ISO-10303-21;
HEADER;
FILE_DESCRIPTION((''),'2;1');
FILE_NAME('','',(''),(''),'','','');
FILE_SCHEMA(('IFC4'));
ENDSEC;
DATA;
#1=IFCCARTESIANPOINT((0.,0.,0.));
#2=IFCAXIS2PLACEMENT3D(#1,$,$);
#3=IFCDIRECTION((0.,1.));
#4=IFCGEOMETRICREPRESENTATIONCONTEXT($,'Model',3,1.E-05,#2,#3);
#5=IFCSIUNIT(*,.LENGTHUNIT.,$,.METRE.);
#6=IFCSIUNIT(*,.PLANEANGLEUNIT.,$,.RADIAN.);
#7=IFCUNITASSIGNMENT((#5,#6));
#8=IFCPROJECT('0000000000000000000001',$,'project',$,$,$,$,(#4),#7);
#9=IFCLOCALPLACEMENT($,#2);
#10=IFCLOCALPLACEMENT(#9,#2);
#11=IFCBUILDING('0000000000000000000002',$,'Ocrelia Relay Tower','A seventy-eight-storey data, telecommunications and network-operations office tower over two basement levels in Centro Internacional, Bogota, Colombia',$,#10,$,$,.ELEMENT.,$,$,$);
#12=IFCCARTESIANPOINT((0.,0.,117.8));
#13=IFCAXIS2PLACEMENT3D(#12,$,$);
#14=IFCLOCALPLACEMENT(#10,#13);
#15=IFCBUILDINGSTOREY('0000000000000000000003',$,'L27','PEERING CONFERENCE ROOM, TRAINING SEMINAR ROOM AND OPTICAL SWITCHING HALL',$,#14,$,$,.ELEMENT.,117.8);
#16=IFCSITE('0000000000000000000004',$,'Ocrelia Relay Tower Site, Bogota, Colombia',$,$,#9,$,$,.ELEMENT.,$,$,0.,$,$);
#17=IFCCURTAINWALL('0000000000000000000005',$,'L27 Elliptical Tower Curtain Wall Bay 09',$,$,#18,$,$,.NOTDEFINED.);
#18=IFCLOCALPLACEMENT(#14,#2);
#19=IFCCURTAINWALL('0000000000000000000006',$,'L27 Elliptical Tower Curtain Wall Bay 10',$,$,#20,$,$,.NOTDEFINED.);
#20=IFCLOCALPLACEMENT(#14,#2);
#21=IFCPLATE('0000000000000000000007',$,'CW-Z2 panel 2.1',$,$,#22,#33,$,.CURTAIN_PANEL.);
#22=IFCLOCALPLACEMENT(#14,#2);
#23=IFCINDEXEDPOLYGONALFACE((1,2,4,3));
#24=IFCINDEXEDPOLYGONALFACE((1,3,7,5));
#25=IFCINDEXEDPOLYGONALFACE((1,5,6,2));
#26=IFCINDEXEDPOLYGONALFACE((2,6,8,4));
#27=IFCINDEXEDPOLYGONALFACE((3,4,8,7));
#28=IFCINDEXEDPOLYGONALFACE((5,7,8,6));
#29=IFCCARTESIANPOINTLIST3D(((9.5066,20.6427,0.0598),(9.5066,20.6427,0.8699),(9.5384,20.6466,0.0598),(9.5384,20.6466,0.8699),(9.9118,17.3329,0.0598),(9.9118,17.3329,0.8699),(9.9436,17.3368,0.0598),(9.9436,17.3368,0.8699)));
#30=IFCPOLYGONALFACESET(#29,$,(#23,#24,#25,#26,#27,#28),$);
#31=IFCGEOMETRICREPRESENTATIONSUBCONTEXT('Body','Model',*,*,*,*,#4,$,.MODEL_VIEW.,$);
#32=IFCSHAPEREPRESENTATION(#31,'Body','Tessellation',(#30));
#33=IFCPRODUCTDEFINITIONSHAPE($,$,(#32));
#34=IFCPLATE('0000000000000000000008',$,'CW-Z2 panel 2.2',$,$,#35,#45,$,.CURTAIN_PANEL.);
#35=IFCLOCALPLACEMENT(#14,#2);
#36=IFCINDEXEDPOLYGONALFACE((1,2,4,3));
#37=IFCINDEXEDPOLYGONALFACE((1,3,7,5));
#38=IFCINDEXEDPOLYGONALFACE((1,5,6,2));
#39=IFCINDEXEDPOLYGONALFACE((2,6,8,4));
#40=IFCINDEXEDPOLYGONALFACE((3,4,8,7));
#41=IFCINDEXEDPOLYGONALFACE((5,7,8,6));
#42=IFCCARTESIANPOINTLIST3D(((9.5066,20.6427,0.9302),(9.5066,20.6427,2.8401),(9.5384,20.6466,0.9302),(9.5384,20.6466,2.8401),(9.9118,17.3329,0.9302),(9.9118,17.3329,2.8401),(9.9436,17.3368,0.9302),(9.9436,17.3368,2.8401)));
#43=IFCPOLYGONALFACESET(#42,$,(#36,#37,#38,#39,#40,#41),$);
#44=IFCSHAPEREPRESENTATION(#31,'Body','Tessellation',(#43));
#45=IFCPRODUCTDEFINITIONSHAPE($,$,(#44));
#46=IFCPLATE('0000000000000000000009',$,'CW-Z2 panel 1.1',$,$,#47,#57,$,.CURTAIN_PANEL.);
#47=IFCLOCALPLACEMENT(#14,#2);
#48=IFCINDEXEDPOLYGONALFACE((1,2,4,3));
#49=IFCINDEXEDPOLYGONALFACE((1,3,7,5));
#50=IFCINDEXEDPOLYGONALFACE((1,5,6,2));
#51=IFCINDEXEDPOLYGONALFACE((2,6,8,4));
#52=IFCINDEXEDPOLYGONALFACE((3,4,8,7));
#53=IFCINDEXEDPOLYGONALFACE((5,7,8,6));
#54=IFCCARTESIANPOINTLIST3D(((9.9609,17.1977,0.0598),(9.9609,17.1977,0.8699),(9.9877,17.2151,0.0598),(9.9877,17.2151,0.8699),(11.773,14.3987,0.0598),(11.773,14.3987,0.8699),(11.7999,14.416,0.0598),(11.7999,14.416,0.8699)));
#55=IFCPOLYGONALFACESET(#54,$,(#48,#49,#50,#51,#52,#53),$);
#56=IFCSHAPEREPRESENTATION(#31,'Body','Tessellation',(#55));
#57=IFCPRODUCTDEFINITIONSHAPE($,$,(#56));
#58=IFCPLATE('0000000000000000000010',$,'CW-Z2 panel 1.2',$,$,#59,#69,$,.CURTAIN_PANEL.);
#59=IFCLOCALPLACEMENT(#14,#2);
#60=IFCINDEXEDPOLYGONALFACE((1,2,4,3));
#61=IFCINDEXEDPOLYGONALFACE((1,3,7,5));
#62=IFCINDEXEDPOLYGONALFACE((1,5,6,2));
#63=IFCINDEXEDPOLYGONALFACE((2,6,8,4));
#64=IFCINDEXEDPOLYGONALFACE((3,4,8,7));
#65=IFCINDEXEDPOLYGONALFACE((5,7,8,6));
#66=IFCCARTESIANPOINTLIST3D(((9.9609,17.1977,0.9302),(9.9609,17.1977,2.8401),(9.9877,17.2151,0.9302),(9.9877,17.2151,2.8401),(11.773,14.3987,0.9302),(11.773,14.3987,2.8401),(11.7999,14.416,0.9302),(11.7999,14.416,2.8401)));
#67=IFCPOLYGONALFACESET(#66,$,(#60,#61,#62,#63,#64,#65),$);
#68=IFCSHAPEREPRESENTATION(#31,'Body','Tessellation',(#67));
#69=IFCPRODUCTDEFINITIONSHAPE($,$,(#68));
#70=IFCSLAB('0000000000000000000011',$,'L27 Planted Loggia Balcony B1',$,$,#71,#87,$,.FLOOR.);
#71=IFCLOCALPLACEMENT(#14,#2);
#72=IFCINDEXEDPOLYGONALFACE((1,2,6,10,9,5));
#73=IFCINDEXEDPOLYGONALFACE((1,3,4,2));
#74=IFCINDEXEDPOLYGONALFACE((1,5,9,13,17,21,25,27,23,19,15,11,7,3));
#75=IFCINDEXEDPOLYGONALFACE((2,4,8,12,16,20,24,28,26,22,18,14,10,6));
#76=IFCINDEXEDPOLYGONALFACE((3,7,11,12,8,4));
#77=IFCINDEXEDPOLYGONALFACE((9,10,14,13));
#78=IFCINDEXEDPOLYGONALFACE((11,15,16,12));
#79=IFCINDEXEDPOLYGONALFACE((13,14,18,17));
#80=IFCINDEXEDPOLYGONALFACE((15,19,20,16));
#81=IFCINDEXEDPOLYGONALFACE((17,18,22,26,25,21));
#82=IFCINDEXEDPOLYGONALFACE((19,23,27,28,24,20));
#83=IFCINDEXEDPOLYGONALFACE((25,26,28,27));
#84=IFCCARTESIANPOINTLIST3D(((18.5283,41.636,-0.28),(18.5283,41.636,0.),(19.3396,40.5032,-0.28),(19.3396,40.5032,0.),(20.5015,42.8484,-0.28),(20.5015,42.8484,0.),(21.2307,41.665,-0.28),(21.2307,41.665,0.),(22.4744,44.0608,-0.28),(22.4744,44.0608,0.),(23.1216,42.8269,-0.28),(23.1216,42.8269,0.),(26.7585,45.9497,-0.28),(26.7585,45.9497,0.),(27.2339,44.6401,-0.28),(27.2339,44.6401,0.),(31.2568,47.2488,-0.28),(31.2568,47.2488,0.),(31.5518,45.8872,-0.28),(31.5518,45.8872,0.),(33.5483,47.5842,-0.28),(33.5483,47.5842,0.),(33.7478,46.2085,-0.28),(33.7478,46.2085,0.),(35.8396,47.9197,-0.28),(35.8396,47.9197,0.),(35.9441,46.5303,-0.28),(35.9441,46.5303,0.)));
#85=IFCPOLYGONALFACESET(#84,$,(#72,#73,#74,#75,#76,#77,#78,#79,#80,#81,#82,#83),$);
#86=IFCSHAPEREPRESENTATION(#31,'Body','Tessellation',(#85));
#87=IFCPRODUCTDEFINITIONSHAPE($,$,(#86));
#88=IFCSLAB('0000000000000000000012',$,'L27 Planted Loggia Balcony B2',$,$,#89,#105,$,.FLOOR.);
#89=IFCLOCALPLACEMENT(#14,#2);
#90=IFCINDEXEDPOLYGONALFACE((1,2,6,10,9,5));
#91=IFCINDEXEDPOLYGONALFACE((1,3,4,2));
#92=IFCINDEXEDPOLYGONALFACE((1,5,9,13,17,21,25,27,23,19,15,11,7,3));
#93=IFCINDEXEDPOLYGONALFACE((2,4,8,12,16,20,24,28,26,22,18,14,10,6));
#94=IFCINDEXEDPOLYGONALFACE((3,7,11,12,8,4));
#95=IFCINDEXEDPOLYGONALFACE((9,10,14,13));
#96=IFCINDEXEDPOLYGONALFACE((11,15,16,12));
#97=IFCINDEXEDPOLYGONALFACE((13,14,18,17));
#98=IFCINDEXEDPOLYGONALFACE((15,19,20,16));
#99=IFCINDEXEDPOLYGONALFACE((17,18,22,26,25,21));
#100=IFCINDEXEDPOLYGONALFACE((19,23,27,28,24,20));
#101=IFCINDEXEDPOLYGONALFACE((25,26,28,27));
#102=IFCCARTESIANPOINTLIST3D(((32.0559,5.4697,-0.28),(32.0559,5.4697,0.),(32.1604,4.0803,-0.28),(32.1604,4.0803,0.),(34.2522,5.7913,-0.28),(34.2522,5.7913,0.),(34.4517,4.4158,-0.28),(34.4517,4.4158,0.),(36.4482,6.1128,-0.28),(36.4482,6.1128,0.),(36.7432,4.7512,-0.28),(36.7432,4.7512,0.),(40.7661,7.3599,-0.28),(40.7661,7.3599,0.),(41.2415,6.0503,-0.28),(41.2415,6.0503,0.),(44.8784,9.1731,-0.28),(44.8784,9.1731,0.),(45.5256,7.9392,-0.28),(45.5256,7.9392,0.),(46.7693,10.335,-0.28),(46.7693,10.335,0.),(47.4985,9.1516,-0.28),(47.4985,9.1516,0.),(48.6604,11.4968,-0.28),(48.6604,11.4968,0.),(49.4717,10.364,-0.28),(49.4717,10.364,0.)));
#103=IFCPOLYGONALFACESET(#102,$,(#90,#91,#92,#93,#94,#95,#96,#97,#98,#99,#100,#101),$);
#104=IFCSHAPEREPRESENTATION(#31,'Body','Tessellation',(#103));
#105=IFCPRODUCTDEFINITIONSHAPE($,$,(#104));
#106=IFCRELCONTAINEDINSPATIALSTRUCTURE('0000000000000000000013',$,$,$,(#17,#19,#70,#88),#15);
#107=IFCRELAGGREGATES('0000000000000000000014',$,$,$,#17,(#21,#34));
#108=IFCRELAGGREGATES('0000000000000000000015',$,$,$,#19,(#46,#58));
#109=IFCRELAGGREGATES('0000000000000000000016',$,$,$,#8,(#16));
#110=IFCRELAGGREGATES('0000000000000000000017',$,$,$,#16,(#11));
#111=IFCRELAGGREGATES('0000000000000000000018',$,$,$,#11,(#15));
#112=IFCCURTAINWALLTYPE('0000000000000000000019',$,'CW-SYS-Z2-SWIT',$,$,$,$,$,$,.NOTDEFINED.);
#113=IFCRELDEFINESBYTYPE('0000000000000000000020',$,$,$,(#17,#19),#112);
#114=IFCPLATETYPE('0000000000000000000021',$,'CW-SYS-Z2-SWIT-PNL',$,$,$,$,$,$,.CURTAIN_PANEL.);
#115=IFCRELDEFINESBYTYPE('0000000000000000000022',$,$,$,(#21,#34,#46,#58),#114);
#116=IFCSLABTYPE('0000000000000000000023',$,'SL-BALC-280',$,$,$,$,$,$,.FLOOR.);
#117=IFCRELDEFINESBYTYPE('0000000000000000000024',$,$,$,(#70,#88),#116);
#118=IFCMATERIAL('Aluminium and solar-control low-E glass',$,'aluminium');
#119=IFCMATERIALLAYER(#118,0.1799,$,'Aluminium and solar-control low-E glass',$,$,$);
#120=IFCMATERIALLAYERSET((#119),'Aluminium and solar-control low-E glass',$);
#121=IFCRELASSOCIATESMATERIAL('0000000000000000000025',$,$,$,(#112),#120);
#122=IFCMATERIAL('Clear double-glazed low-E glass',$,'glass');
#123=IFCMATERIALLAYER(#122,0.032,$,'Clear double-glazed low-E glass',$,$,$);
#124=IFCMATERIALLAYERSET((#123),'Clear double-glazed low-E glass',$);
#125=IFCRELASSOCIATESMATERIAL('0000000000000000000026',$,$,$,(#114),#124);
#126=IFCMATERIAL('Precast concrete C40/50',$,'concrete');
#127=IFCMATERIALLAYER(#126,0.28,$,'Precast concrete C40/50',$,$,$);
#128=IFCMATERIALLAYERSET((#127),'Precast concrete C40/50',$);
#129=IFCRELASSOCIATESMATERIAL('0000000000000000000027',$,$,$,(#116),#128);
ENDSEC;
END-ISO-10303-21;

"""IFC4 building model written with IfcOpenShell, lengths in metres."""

from ifc_helpers import new_model, si_unit, direction, frame, origin, origin_2d, place, context, subcontext, project, spatial, polyline, rectangle, outline, extrude, material, layer, layer_set, type_object, element, aggregate, save


model = new_model("IFC4")

# Units and contexts
model_context = context("Model", 3, precision=1e-05, world=origin(), true_north=direction((0.0, 1.0)))
body_context = subcontext(model_context, "Body", "Model", "MODEL_VIEW")
ifc_project = project(units=[si_unit("LENGTHUNIT", "METRE"), si_unit("PLANEANGLEUNIT", "RADIAN")], contexts=[model_context])

# Site, building, storey
site_placement = place(None, origin())
site = spatial("IfcSite", under=ifc_project, at=site_placement, Name="Ocrelia Relay Tower Site, Bogota, Colombia", CompositionType="ELEMENT", RefElevation=0.0)
building_placement = place(site_placement, origin())
building = spatial("IfcBuilding", under=site, at=building_placement, Name="Ocrelia Relay Tower", Description="A seventy-eight-storey data, telecommunications and network-operations office tower over two basement levels in Centro Internacional, Bogota, Colombia", CompositionType="ELEMENT")
storey_placement = place(building_placement, frame((0.0, 0.0, 117.8)))
storey = spatial("IfcBuildingStorey", under=building, at=storey_placement, Name="L27", Description="PEERING CONFERENCE ROOM, TRAINING SEMINAR ROOM AND OPTICAL SWITCHING HALL", CompositionType="ELEMENT", Elevation=117.8)

# Curtain wall
ifc_material_1 = material(Name="Aluminium and solar-control low-E glass", Category="aluminium")
ifc_layer_1 = layer(ifc_material_1, 0.1799, Name="Aluminium and solar-control low-E glass")
ifc_layer_set_1 = layer_set([ifc_layer_1], Name="Aluminium and solar-control low-E glass")
curtain_wall_type = type_object("IfcCurtainWallType", Name="CW-SYS-Z2-SWIT", PredefinedType="NOTDEFINED", material=ifc_layer_set_1)
curtain_wall_1_placement = place(storey_placement, origin())
curtain_wall_1 = element("IfcCurtainWall", 1, at=curtain_wall_1_placement, inside=storey, type_object=curtain_wall_type, Name="L27 Elliptical Tower Curtain Wall Bay 09", PredefinedType="NOTDEFINED")

# Curtain wall
curtain_wall_2_placement = place(storey_placement, origin())
curtain_wall_2 = element("IfcCurtainWall", 2, at=curtain_wall_2_placement, inside=storey, type_object=curtain_wall_type, Name="L27 Elliptical Tower Curtain Wall Bay 10", PredefinedType="NOTDEFINED")

# Plates
ifc_material_2 = material(Name="Clear double-glazed low-E glass", Category="glass")
ifc_layer_2 = layer(ifc_material_2, 0.032, Name="Clear double-glazed low-E glass")
ifc_layer_set_2 = layer_set([ifc_layer_2], Name="Clear double-glazed low-E glass")
plate_type = type_object("IfcPlateType", Name="CW-SYS-Z2-SWIT-PNL", PredefinedType="CURTAIN_PANEL", material=ifc_layer_set_2)
plate_1_placement = place(storey_placement, frame((9.7251, 18.9897, 0.0598), z_axis=(0.0, 0.0, 1.0), x_axis=(0.121528, -0.992588, 0.0)))
plate_1 = element("IfcPlate", 3, at=plate_1_placement, type_object=plate_type, Name="CW-Z2 panel 2.1", PredefinedType="CURTAIN_PANEL", context=body_context, shape_type="SweptSolid", body=[
    extrude(rectangle(XDim=3.3345, YDim=0.032, at=origin_2d()), origin(), (0.0, 0.0, 1.0), 0.8101),
])
plate_2_placement = place(storey_placement, frame((9.7251, 18.9897, 0.9302), z_axis=(0.0, 0.0, 1.0), x_axis=(0.121528, -0.992588, 0.0)))
plate_2 = element("IfcPlate", 4, at=plate_2_placement, type_object=plate_type, Name="CW-Z2 panel 2.2", PredefinedType="CURTAIN_PANEL", context=body_context, shape_type="SweptSolid", body=[
    extrude(rectangle(XDim=3.3345, YDim=0.032, at=origin_2d()), origin(), (0.0, 0.0, 1.0), 1.9099),
])
aggregate(curtain_wall_1, [plate_1, plate_2])
plate_3_placement = place(storey_placement, frame((10.8804, 15.8069, 0.0598), z_axis=(0.0, 0.0, 1.0), x_axis=(0.543456, -0.839438, 0.0)))
plate_3 = element("IfcPlate", 5, at=plate_3_placement, type_object=plate_type, Name="CW-Z2 panel 1.1", PredefinedType="CURTAIN_PANEL", context=body_context, shape_type="SweptSolid", body=[
    extrude(rectangle(XDim=3.3345, YDim=0.032, at=origin_2d()), origin(), (0.0, 0.0, 1.0), 0.8101),
])
plate_4_placement = place(storey_placement, frame((10.8804, 15.8069, 0.9302), z_axis=(0.0, 0.0, 1.0), x_axis=(0.543456, -0.839438, 0.0)))
plate_4 = element("IfcPlate", 6, at=plate_4_placement, type_object=plate_type, Name="CW-Z2 panel 1.2", PredefinedType="CURTAIN_PANEL", context=body_context, shape_type="SweptSolid", body=[
    extrude(rectangle(XDim=3.3345, YDim=0.032, at=origin_2d()), origin(), (0.0, 0.0, 1.0), 1.9099),
])
aggregate(curtain_wall_2, [plate_3, plate_4])

# Slabs
ifc_material_3 = material(Name="Precast concrete C40/50", Category="concrete")
ifc_layer_3 = layer(ifc_material_3, 0.28, Name="Precast concrete C40/50")
ifc_layer_set_3 = layer_set([ifc_layer_3], Name="Precast concrete C40/50")
slab_type_1 = type_object("IfcSlabType", Name="SL-BALC-280", PredefinedType="FLOOR", material=ifc_layer_set_3)
slab_1_placement = place(storey_placement, frame((0.0, 0.0, -0.28)))
element("IfcSlab", 7, at=slab_1_placement, inside=storey, type_object=slab_type_1, Name="L27 Planted Loggia Balcony B1", PredefinedType="FLOOR", context=body_context, shape_type="SweptSolid", body=[
    extrude(outline(polyline([(35.9441, 46.5303), (33.7478, 46.2085), (31.5518, 45.8872), (27.2339, 44.6401), (23.1216, 42.8269), (21.2307, 41.665), (19.3396, 40.5032), (18.5283, 41.636), (20.5015, 42.8484), (22.4744, 44.0608), (26.7585, 45.9497), (31.2568, 47.2488), (33.5483, 47.5842), (35.8396, 47.9197), (35.9441, 46.5303)])), origin(), (0.0, 0.0, 1.0), 0.28),
])
slab_2_placement = place(storey_placement, frame((0.0, 0.0, -0.28)))
element("IfcSlab", 8, at=slab_2_placement, inside=storey, type_object=slab_type_1, Name="L27 Planted Loggia Balcony B2", PredefinedType="FLOOR", context=body_context, shape_type="SweptSolid", body=[
    extrude(outline(polyline([(32.0559, 5.4697), (34.2522, 5.7913), (36.4482, 6.1128), (40.7661, 7.3599), (44.8784, 9.1731), (46.7693, 10.335), (48.6604, 11.4968), (49.4717, 10.364), (47.4985, 9.1516), (45.5256, 7.9392), (41.2415, 6.0503), (36.7432, 4.7512), (34.4517, 4.4158), (32.1604, 4.0803), (32.0559, 5.4697)])), origin(), (0.0, 0.0, 1.0), 0.28),
])

save(model, "model.ifc")
